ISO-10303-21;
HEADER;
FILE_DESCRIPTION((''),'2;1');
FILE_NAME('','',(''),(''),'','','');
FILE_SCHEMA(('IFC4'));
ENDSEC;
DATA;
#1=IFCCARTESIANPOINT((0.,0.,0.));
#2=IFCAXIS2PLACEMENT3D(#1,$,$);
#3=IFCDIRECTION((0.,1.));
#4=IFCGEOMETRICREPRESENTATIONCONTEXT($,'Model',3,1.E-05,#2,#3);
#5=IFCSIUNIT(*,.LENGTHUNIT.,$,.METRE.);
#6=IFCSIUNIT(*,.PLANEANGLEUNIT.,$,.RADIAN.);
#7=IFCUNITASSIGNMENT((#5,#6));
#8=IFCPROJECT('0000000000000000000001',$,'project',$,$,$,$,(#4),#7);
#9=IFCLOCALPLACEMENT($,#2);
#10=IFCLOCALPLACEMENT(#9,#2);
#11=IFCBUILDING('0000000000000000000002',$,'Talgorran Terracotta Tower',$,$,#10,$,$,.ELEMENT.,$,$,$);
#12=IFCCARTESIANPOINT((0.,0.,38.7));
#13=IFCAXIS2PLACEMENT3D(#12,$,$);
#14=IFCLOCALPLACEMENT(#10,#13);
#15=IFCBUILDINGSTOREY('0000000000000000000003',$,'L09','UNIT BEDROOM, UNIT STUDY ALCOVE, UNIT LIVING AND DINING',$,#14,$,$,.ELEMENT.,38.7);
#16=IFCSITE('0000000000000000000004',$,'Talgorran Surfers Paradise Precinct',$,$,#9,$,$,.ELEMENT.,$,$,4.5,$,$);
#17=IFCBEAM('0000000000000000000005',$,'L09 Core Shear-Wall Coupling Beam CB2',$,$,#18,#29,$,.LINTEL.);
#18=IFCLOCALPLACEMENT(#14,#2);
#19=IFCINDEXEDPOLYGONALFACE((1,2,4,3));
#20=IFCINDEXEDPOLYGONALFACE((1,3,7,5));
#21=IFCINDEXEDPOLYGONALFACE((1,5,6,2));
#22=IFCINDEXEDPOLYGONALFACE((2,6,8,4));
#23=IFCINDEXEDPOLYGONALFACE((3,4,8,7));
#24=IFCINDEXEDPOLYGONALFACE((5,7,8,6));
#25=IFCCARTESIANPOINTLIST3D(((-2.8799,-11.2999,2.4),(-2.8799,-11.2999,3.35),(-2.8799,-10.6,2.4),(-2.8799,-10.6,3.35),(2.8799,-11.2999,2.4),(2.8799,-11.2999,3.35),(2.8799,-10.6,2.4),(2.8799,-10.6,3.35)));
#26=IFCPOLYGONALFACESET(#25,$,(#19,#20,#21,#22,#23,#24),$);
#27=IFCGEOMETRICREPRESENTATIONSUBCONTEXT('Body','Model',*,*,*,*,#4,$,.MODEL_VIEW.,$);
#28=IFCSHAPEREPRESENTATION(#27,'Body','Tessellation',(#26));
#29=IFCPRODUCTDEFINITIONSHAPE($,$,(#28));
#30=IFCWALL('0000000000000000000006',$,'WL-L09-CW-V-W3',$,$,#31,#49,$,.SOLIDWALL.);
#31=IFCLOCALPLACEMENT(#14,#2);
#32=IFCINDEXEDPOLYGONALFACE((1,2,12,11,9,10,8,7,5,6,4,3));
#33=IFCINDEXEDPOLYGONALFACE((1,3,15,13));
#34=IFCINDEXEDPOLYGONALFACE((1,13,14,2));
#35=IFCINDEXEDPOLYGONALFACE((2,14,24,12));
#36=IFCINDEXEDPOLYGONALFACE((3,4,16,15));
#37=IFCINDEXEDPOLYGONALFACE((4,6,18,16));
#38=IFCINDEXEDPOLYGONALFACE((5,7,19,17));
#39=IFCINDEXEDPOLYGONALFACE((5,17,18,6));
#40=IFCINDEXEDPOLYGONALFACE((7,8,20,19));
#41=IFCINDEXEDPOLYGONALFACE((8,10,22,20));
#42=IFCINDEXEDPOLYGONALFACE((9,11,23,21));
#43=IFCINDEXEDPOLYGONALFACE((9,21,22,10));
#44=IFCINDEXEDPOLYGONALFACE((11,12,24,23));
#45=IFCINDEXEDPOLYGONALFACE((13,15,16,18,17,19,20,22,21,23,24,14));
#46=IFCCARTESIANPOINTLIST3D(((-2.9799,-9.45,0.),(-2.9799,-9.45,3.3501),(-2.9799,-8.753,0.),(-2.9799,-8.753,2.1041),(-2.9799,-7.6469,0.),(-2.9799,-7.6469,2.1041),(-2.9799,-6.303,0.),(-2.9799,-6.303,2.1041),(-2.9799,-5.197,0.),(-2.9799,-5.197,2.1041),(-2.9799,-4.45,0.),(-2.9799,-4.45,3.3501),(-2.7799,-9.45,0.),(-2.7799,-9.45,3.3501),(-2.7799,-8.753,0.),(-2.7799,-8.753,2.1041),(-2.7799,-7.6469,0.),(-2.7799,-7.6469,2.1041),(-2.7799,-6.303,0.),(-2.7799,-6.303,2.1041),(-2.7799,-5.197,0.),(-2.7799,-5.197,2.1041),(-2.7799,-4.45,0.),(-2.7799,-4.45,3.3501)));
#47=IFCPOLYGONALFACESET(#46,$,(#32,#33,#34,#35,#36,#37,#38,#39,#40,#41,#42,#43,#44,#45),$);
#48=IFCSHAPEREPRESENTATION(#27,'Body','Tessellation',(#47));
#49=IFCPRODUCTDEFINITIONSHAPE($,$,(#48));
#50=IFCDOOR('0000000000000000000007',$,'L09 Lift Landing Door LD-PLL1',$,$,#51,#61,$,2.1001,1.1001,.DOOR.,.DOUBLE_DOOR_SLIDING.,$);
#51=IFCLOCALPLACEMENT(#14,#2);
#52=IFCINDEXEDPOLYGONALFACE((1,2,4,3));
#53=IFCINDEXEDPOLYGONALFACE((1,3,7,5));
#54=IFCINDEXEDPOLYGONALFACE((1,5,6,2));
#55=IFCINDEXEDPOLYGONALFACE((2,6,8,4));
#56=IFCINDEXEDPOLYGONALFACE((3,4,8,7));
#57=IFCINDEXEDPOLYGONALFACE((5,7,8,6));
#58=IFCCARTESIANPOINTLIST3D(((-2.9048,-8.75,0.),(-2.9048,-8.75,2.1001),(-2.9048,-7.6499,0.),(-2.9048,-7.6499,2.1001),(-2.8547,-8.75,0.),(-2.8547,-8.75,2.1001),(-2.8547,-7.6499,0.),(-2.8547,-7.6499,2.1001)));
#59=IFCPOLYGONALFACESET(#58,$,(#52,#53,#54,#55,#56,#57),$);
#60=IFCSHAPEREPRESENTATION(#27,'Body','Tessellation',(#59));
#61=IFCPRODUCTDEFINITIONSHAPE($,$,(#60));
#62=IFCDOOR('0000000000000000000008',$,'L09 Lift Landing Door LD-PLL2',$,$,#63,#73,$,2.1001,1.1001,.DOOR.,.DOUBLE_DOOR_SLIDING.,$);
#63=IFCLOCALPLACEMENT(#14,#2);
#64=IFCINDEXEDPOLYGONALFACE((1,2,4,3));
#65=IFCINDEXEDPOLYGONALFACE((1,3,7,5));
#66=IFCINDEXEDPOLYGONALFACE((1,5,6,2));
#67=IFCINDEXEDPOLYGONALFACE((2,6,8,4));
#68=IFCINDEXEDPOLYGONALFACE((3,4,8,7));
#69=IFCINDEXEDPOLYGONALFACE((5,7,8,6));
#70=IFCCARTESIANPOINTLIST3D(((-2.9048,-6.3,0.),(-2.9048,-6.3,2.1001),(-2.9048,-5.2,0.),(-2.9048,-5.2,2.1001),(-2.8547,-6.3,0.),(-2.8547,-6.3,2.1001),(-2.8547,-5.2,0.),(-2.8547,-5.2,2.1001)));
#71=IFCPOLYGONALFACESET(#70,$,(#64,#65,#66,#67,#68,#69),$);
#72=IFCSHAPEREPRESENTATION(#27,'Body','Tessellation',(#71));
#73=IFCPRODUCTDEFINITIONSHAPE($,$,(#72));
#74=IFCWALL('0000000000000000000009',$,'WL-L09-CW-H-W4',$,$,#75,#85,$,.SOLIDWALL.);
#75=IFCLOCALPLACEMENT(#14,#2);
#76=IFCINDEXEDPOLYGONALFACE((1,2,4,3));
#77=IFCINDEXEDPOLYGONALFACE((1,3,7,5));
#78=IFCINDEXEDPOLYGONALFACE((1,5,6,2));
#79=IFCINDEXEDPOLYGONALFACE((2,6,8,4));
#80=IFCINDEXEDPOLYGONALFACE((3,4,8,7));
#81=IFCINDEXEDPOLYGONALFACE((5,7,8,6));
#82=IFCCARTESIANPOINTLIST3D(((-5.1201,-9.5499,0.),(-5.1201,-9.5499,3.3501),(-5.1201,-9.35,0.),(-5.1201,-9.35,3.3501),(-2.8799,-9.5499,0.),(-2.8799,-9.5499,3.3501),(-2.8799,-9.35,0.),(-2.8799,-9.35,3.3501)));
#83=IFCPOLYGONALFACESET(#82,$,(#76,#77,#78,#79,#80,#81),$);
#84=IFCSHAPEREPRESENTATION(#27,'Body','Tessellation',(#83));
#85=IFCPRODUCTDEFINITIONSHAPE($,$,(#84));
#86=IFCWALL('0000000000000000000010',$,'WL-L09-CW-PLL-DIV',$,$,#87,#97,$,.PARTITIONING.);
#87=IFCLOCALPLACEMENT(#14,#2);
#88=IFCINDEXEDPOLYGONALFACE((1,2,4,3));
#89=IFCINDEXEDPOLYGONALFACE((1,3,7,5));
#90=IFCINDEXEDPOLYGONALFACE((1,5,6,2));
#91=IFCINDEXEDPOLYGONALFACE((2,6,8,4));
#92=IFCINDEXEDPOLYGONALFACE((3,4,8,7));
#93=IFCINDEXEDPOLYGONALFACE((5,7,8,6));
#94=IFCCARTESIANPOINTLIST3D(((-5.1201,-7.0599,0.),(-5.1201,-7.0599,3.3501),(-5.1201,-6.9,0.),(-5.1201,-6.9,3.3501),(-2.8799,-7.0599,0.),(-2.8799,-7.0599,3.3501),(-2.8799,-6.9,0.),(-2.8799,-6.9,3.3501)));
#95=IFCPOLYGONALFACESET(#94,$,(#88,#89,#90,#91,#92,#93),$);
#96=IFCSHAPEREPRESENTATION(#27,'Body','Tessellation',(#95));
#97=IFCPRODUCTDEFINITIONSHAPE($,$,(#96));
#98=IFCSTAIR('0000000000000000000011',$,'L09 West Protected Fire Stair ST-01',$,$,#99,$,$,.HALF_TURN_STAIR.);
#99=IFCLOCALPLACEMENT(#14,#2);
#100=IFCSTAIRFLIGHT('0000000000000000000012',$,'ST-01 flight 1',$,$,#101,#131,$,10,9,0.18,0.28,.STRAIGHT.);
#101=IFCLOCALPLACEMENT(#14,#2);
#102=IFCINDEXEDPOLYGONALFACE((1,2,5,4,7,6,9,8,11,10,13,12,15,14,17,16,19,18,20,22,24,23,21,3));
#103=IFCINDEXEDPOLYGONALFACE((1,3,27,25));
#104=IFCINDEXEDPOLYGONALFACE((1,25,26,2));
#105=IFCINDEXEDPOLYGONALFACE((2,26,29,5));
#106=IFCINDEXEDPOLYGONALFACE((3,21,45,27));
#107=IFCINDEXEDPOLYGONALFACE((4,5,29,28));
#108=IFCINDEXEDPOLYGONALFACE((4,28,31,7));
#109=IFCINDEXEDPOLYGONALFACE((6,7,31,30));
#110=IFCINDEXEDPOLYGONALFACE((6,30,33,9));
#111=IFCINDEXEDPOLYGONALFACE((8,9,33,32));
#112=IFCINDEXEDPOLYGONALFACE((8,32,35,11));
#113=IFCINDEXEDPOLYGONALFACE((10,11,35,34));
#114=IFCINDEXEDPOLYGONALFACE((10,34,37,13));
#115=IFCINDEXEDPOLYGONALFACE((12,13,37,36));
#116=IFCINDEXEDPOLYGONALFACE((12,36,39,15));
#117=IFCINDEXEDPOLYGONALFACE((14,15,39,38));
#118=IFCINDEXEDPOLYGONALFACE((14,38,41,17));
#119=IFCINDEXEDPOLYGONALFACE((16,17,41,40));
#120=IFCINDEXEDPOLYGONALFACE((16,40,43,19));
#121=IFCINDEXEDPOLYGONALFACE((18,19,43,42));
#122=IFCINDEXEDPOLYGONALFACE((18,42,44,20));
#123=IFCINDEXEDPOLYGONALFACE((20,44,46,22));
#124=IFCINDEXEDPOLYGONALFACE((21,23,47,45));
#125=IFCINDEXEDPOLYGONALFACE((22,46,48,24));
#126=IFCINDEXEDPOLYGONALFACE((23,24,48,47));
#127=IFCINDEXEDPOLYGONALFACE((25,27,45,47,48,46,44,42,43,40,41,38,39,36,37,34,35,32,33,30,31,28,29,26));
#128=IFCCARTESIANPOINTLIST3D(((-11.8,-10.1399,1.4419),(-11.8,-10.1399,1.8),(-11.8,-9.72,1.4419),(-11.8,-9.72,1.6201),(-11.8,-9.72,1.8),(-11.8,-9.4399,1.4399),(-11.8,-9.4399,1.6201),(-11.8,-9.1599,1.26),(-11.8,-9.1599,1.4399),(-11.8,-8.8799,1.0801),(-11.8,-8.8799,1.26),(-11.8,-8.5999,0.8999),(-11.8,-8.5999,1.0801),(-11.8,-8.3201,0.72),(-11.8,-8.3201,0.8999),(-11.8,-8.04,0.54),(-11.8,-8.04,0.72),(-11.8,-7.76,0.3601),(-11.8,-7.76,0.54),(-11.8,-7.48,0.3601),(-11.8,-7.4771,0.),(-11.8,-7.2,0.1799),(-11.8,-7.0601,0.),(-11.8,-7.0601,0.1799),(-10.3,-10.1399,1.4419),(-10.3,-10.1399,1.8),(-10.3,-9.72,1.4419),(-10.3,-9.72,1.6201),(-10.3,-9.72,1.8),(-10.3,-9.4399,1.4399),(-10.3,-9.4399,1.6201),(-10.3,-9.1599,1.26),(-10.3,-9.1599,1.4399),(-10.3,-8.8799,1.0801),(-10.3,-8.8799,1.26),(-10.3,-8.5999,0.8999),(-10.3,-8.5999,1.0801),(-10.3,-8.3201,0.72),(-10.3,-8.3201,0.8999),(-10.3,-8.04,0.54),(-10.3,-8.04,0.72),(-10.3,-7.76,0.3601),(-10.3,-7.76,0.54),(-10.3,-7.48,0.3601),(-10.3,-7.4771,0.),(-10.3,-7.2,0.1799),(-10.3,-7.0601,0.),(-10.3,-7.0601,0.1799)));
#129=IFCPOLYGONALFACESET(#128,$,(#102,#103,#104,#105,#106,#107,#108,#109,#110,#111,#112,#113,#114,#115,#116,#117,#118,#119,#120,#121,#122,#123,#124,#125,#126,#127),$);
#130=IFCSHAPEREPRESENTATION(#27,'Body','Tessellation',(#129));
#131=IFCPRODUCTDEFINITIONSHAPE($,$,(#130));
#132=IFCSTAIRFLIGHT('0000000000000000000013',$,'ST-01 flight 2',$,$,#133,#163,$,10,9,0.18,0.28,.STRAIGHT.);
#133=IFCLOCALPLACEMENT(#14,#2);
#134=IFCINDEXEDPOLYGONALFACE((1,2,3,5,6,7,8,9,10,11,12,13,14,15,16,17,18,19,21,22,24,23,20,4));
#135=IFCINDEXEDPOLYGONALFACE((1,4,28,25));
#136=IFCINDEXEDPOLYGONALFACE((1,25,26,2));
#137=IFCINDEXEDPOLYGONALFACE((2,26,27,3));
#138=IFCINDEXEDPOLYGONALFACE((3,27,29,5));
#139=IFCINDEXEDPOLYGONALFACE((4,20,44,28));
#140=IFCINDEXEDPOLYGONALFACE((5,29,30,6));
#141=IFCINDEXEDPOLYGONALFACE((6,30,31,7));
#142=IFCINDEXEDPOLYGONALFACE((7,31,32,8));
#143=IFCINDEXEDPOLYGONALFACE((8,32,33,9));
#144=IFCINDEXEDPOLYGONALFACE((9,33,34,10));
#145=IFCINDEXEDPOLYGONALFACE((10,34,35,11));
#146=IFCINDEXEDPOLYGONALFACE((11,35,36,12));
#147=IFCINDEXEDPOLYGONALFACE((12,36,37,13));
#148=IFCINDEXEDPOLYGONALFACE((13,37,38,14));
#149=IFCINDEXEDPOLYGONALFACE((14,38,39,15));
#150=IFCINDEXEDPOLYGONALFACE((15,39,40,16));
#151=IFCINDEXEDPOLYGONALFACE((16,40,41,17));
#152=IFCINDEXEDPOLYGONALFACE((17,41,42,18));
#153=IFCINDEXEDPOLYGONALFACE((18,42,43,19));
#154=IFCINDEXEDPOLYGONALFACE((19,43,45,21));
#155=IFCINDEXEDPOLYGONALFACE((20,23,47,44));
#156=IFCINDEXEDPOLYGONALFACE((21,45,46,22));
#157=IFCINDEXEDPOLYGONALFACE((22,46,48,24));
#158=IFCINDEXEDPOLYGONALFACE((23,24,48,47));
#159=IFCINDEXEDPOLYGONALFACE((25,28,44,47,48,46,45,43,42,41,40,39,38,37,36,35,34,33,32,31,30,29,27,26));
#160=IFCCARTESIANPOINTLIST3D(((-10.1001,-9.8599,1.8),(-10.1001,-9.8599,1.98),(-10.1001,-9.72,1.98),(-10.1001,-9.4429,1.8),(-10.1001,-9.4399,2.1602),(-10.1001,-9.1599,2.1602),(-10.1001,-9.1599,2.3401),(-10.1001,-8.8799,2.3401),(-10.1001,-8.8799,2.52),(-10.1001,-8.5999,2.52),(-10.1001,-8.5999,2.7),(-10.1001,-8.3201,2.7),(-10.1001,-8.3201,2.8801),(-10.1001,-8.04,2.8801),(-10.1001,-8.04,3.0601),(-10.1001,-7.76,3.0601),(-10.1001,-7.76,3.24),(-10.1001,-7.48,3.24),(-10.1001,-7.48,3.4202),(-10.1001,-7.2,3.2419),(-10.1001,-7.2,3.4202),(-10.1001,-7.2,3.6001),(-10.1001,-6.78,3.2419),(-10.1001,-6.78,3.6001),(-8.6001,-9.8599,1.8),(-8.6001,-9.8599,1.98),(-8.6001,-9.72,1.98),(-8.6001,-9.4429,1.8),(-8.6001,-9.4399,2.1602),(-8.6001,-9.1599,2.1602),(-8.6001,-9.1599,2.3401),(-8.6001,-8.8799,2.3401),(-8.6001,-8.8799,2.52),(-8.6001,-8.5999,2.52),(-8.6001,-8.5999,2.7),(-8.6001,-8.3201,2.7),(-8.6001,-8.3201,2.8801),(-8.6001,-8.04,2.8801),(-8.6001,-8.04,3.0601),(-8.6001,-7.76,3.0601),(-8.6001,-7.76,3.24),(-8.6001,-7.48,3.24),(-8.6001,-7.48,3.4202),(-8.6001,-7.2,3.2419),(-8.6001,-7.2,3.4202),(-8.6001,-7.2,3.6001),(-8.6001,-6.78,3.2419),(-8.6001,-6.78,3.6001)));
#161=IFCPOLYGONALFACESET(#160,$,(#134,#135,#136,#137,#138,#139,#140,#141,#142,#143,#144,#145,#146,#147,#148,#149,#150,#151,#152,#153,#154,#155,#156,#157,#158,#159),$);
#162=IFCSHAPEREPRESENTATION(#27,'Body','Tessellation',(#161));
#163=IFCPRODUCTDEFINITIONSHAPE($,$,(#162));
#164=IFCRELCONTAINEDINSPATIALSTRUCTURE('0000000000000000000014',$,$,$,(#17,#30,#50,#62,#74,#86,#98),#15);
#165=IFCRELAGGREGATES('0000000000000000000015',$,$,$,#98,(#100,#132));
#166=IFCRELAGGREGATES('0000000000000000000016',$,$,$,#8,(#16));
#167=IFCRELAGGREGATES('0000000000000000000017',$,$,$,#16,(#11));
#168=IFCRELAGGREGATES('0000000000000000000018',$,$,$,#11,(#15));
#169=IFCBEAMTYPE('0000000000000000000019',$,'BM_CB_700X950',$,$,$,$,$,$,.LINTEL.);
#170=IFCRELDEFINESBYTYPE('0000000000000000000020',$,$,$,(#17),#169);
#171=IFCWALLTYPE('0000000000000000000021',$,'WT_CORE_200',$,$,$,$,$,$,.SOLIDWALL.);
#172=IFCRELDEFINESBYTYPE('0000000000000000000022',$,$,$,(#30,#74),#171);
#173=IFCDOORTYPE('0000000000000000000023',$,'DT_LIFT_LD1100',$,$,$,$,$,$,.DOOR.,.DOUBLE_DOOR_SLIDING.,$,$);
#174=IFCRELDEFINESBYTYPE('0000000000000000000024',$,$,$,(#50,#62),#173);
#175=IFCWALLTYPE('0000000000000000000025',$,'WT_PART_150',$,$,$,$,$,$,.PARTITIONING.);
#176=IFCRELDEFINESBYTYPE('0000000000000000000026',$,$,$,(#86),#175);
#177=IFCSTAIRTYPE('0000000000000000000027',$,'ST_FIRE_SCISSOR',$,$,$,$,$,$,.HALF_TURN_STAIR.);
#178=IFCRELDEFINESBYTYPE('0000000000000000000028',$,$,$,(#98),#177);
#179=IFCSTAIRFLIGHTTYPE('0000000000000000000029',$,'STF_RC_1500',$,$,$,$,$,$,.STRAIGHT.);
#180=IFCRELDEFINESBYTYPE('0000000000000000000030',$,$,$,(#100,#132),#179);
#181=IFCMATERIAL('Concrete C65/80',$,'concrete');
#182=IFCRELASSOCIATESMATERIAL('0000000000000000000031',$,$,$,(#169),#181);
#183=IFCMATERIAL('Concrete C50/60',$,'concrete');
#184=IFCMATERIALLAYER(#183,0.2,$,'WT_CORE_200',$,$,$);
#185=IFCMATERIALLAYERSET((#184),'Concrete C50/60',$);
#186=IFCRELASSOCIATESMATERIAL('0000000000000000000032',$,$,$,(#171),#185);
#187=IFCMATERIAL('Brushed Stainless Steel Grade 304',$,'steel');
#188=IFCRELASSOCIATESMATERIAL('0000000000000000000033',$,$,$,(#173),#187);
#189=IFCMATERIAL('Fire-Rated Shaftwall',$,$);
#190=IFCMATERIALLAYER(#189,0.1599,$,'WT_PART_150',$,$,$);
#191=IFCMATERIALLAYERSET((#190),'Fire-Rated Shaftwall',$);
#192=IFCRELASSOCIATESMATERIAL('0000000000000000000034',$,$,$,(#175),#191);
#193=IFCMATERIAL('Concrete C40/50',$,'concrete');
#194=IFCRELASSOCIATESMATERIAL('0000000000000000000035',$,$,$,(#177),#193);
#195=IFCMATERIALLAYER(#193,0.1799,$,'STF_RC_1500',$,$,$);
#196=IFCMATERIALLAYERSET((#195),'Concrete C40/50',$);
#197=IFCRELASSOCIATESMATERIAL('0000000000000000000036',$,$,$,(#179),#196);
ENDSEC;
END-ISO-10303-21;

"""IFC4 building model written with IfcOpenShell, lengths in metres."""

from ifc_helpers import new_model, si_unit, direction, frame, frame_2d, origin, origin_2d, place, context, subcontext, project, spatial, polyline, rectangle, outline, extrude, material, layer, layer_set, material_profile, profile_set, type_object, element, fill, aggregate, save


model = new_model("IFC4")

# Units and contexts
model_context = context("Model", 3, precision=1e-05, world=origin(), true_north=direction((0.0, 1.0)))
body_context = subcontext(model_context, "Body", "Model", "MODEL_VIEW")
ifc_project = project(units=[si_unit("LENGTHUNIT", "METRE"), si_unit("PLANEANGLEUNIT", "RADIAN")], contexts=[model_context])

# Site, building, storey
site_placement = place(None, origin())
site = spatial("IfcSite", under=ifc_project, at=site_placement, Name="Talgorran Surfers Paradise Precinct", CompositionType="ELEMENT", RefElevation=4.5)
building_placement = place(site_placement, origin())
building = spatial("IfcBuilding", under=site, at=building_placement, Name="Talgorran Terracotta Tower", CompositionType="ELEMENT")
storey_placement = place(building_placement, frame((0.0, 0.0, 38.7)))
storey = spatial("IfcBuildingStorey", under=building, at=storey_placement, Name="L09", Description="UNIT BEDROOM, UNIT STUDY ALCOVE, UNIT LIVING AND DINING", CompositionType="ELEMENT", Elevation=38.7)

# Beam
ifc_material_1 = material(Name="Concrete C65/80", Category="concrete")
ifc_material_profile = material_profile(ifc_material_1, rectangle(XDim=0.7, YDim=0.95, at=origin_2d()), Name="RCCB700X950")
ifc_profile_set = profile_set([ifc_material_profile], Name="Concrete C65/80")
beam_type = type_object("IfcBeamType", Name="BM_CB_700X950", PredefinedType="LINTEL", material=ifc_profile_set)
beam_placement = place(storey_placement, frame((-2.8799, -10.95, 2.875), z_axis=(1.0, 0.0, 0.0), x_axis=(0.0, 1.0, 0.0)))
element("IfcBeam", 1, at=beam_placement, inside=storey, type_object=beam_type, Name="L09 Core Shear-Wall Coupling Beam CB2", PredefinedType="LINTEL", context=body_context, shape_type="SweptSolid", body=[
    extrude(rectangle(XDim=0.7, YDim=0.95, at=origin_2d()), origin(), (0.0, 0.0, 1.0), 5.7598),
])

# Wall, openings, doors
ifc_material_2 = material(Name="Concrete C50/60", Category="concrete")
ifc_layer_1 = layer(ifc_material_2, 0.2, Name="WT_CORE_200")
ifc_layer_set_1 = layer_set([ifc_layer_1], Name="Concrete C50/60")
wall_type_1 = type_object("IfcWallType", Name="WT_CORE_200", PredefinedType="SOLIDWALL", material=ifc_layer_set_1)
wall_1_placement = place(storey_placement, frame((-2.8799, -9.45, 0.0), z_axis=(0.0, 0.0, 1.0), x_axis=(0.0, 1.0, 0.0)))
wall_1 = element("IfcWall", 2, at=wall_1_placement, inside=storey, type_object=wall_type_1, Name="WL-L09-CW-V-W3", PredefinedType="SOLIDWALL", context=body_context, shape_type="SweptSolid", body=[
    extrude(rectangle(XDim=5.0, YDim=0.2, at=frame_2d((2.5, 0.0))), origin(), (0.0, 0.0, 1.0), 3.3501),
])
opening_1_placement = place(wall_1_placement, frame((0.7, 0.0, 0.0)))
opening_1 = element("IfcOpeningElement", 3, at=opening_1_placement, cuts=wall_1, PredefinedType="OPENING", context=body_context, shape_type="SweptSolid", body=[
    extrude(rectangle(XDim=1.1061, YDim=2.1041, at=frame_2d((0.55, 1.052))), frame((0.0, 0.1099, 0.0), z_axis=(0.0, -1.0, 0.0), x_axis=(1.0, 0.0, 0.0)), (0.0, 0.0, 1.0), 0.22),
])
opening_2_placement = place(wall_1_placement, frame((3.1499, 0.0, 0.0)))
opening_2 = element("IfcOpeningElement", 4, at=opening_2_placement, cuts=wall_1, PredefinedType="OPENING", context=body_context, shape_type="SweptSolid", body=[
    extrude(rectangle(XDim=1.1061, YDim=2.1041, at=frame_2d((0.55, 1.052))), frame((0.0, 0.1099, 0.0), z_axis=(0.0, -1.0, 0.0), x_axis=(1.0, 0.0, 0.0)), (0.0, 0.0, 1.0), 0.22),
])
ifc_material_3 = material(Name="Brushed Stainless Steel Grade 304", Category="steel")
door_type = type_object("IfcDoorType", Name="DT_LIFT_LD1100", OperationType="DOUBLE_DOOR_SLIDING", PredefinedType="DOOR", material=ifc_material_3)
door_1_placement = place(opening_1_placement, origin())
door_1 = element("IfcDoor", 5, at=door_1_placement, inside=storey, type_object=door_type, Name="L09 Lift Landing Door LD-PLL1", OperationType="DOUBLE_DOOR_SLIDING", OverallHeight=2.1001, OverallWidth=1.1001, PredefinedType="DOOR", context=body_context, shape_type="SweptSolid", body=[
    extrude(rectangle(XDim=1.1001, YDim=2.1001, at=frame_2d((0.55, 1.05))), frame((0.0, 0.0249, 0.0), z_axis=(0.0, -1.0, 0.0), x_axis=(1.0, 0.0, 0.0)), (0.0, 0.0, 1.0), 0.05),
])
fill(opening_1, door_1)
door_2_placement = place(opening_2_placement, origin())
door_2 = element("IfcDoor", 6, at=door_2_placement, inside=storey, type_object=door_type, Name="L09 Lift Landing Door LD-PLL2", OperationType="DOUBLE_DOOR_SLIDING", OverallHeight=2.1001, OverallWidth=1.1001, PredefinedType="DOOR", context=body_context, shape_type="SweptSolid", body=[
    extrude(rectangle(XDim=1.1001, YDim=2.1001, at=frame_2d((0.55, 1.05))), frame((0.0, 0.0249, 0.0), z_axis=(0.0, -1.0, 0.0), x_axis=(1.0, 0.0, 0.0)), (0.0, 0.0, 1.0), 0.05),
])
fill(opening_2, door_2)

# Walls
wall_2_placement = place(storey_placement, frame((-5.1201, -9.45, 0.0), z_axis=(0.0, 0.0, 1.0), x_axis=(1.0, 0.0, 0.0)))
element("IfcWall", 7, at=wall_2_placement, inside=storey, type_object=wall_type_1, Name="WL-L09-CW-H-W4", PredefinedType="SOLIDWALL", context=body_context, shape_type="SweptSolid", body=[
    extrude(rectangle(XDim=2.2402, YDim=0.2, at=frame_2d((1.1201, 0.0))), origin(), (0.0, 0.0, 1.0), 3.3501),
])
ifc_material_4 = material(Name="Fire-Rated Shaftwall")
ifc_layer_2 = layer(ifc_material_4, 0.1599, Name="WT_PART_150")
ifc_layer_set_2 = layer_set([ifc_layer_2], Name="Fire-Rated Shaftwall")
wall_type_2 = type_object("IfcWallType", Name="WT_PART_150", PredefinedType="PARTITIONING", material=ifc_layer_set_2)
wall_3_placement = place(storey_placement, frame((-5.1201, -6.98, 0.0), z_axis=(0.0, 0.0, 1.0), x_axis=(1.0, 0.0, 0.0)))
element("IfcWall", 8, at=wall_3_placement, inside=storey, type_object=wall_type_2, Name="WL-L09-CW-PLL-DIV", PredefinedType="PARTITIONING", context=body_context, shape_type="SweptSolid", body=[
    extrude(rectangle(XDim=2.2402, YDim=0.1599, at=frame_2d((1.1201, 0.0))), origin(), (0.0, 0.0, 1.0), 3.3501),
])

# Stair, stair flights
ifc_material_5 = material(Name="Concrete C40/50", Category="concrete")
stair_type = type_object("IfcStairType", Name="ST_FIRE_SCISSOR", PredefinedType="HALF_TURN_STAIR", material=ifc_material_5)
stair_placement = place(storey_placement, origin())
stair = element("IfcStair", 9, at=stair_placement, inside=storey, type_object=stair_type, Name="L09 West Protected Fire Stair ST-01", PredefinedType="HALF_TURN_STAIR")
ifc_layer_3 = layer(ifc_material_5, 0.1799, Name="STF_RC_1500")
ifc_layer_set_3 = layer_set([ifc_layer_3], Name="Concrete C40/50")
stair_flight_type = type_object("IfcStairFlightType", Name="STF_RC_1500", PredefinedType="STRAIGHT", material=ifc_layer_set_3)
stair_flight_1_placement = place(storey_placement, frame((-11.05, -7.2, 0.0), z_axis=(0.0, 0.0, 1.0), x_axis=(0.0, -1.0, 0.0)))
stair_flight_1 = element("IfcStairFlight", 10, at=stair_flight_1_placement, type_object=stair_flight_type, Name="ST-01 flight 1", NumberOfRisers=10, NumberOfTreads=9, PredefinedType="STRAIGHT", RiserHeight=0.18, TreadLength=0.28, context=body_context, shape_type="SweptSolid", body=[
    extrude(outline(polyline([(-0.1399, 0.0), (-0.1399, 0.1799), (0.0, 0.1799), (0.28, 0.3601), (0.5601, 0.3601), (0.5601, 0.54), (0.8401, 0.54), (0.8401, 0.72), (1.1201, 0.72), (1.1201, 0.8999), (1.3999, 0.8999), (1.3999, 1.0801), (1.6799, 1.0801), (1.6799, 1.26), (1.96, 1.26), (1.96, 1.4399), (2.24, 1.4399), (2.24, 1.6201), (2.52, 1.6201), (2.52, 1.8), (2.9399, 1.8), (2.9399, 1.4419), (2.52, 1.4419), (0.2771, 0.0), (-0.1399, 0.0)])), frame((0.0, 0.75, 0.0), z_axis=(0.0, -1.0, 0.0), x_axis=(1.0, 0.0, 0.0)), (0.0, 0.0, 1.0), 1.5),
])
stair_flight_2_placement = place(storey_placement, frame((-9.3501, -9.72, 1.8), z_axis=(0.0, 0.0, 1.0), x_axis=(0.0, 1.0, 0.0)))
stair_flight_2 = element("IfcStairFlight", 11, at=stair_flight_2_placement, type_object=stair_flight_type, Name="ST-01 flight 2", NumberOfRisers=10, NumberOfTreads=9, PredefinedType="STRAIGHT", RiserHeight=0.18, TreadLength=0.28, context=body_context, shape_type="SweptSolid", body=[
    extrude(outline(polyline([(-0.1399, 0.0), (-0.1399, 0.1799), (0.0, 0.1799), (0.28, 0.3601), (0.5601, 0.3601), (0.5601, 0.54), (0.8401, 0.54), (0.8401, 0.72), (1.1201, 0.72), (1.1201, 0.8999), (1.3999, 0.8999), (1.3999, 1.0801), (1.6799, 1.0801), (1.6799, 1.26), (1.96, 1.26), (1.96, 1.4399), (2.24, 1.4399), (2.24, 1.6201), (2.52, 1.6201), (2.52, 1.8), (2.9399, 1.8), (2.9399, 1.4419), (2.52, 1.4419), (0.2771, 0.0), (-0.1399, 0.0)])), frame((0.0, 0.75, 0.0), z_axis=(0.0, -1.0, 0.0), x_axis=(1.0, 0.0, 0.0)), (0.0, 0.0, 1.0), 1.5),
])
aggregate(stair, [stair_flight_1, stair_flight_2])

save(model, "model.ifc")
